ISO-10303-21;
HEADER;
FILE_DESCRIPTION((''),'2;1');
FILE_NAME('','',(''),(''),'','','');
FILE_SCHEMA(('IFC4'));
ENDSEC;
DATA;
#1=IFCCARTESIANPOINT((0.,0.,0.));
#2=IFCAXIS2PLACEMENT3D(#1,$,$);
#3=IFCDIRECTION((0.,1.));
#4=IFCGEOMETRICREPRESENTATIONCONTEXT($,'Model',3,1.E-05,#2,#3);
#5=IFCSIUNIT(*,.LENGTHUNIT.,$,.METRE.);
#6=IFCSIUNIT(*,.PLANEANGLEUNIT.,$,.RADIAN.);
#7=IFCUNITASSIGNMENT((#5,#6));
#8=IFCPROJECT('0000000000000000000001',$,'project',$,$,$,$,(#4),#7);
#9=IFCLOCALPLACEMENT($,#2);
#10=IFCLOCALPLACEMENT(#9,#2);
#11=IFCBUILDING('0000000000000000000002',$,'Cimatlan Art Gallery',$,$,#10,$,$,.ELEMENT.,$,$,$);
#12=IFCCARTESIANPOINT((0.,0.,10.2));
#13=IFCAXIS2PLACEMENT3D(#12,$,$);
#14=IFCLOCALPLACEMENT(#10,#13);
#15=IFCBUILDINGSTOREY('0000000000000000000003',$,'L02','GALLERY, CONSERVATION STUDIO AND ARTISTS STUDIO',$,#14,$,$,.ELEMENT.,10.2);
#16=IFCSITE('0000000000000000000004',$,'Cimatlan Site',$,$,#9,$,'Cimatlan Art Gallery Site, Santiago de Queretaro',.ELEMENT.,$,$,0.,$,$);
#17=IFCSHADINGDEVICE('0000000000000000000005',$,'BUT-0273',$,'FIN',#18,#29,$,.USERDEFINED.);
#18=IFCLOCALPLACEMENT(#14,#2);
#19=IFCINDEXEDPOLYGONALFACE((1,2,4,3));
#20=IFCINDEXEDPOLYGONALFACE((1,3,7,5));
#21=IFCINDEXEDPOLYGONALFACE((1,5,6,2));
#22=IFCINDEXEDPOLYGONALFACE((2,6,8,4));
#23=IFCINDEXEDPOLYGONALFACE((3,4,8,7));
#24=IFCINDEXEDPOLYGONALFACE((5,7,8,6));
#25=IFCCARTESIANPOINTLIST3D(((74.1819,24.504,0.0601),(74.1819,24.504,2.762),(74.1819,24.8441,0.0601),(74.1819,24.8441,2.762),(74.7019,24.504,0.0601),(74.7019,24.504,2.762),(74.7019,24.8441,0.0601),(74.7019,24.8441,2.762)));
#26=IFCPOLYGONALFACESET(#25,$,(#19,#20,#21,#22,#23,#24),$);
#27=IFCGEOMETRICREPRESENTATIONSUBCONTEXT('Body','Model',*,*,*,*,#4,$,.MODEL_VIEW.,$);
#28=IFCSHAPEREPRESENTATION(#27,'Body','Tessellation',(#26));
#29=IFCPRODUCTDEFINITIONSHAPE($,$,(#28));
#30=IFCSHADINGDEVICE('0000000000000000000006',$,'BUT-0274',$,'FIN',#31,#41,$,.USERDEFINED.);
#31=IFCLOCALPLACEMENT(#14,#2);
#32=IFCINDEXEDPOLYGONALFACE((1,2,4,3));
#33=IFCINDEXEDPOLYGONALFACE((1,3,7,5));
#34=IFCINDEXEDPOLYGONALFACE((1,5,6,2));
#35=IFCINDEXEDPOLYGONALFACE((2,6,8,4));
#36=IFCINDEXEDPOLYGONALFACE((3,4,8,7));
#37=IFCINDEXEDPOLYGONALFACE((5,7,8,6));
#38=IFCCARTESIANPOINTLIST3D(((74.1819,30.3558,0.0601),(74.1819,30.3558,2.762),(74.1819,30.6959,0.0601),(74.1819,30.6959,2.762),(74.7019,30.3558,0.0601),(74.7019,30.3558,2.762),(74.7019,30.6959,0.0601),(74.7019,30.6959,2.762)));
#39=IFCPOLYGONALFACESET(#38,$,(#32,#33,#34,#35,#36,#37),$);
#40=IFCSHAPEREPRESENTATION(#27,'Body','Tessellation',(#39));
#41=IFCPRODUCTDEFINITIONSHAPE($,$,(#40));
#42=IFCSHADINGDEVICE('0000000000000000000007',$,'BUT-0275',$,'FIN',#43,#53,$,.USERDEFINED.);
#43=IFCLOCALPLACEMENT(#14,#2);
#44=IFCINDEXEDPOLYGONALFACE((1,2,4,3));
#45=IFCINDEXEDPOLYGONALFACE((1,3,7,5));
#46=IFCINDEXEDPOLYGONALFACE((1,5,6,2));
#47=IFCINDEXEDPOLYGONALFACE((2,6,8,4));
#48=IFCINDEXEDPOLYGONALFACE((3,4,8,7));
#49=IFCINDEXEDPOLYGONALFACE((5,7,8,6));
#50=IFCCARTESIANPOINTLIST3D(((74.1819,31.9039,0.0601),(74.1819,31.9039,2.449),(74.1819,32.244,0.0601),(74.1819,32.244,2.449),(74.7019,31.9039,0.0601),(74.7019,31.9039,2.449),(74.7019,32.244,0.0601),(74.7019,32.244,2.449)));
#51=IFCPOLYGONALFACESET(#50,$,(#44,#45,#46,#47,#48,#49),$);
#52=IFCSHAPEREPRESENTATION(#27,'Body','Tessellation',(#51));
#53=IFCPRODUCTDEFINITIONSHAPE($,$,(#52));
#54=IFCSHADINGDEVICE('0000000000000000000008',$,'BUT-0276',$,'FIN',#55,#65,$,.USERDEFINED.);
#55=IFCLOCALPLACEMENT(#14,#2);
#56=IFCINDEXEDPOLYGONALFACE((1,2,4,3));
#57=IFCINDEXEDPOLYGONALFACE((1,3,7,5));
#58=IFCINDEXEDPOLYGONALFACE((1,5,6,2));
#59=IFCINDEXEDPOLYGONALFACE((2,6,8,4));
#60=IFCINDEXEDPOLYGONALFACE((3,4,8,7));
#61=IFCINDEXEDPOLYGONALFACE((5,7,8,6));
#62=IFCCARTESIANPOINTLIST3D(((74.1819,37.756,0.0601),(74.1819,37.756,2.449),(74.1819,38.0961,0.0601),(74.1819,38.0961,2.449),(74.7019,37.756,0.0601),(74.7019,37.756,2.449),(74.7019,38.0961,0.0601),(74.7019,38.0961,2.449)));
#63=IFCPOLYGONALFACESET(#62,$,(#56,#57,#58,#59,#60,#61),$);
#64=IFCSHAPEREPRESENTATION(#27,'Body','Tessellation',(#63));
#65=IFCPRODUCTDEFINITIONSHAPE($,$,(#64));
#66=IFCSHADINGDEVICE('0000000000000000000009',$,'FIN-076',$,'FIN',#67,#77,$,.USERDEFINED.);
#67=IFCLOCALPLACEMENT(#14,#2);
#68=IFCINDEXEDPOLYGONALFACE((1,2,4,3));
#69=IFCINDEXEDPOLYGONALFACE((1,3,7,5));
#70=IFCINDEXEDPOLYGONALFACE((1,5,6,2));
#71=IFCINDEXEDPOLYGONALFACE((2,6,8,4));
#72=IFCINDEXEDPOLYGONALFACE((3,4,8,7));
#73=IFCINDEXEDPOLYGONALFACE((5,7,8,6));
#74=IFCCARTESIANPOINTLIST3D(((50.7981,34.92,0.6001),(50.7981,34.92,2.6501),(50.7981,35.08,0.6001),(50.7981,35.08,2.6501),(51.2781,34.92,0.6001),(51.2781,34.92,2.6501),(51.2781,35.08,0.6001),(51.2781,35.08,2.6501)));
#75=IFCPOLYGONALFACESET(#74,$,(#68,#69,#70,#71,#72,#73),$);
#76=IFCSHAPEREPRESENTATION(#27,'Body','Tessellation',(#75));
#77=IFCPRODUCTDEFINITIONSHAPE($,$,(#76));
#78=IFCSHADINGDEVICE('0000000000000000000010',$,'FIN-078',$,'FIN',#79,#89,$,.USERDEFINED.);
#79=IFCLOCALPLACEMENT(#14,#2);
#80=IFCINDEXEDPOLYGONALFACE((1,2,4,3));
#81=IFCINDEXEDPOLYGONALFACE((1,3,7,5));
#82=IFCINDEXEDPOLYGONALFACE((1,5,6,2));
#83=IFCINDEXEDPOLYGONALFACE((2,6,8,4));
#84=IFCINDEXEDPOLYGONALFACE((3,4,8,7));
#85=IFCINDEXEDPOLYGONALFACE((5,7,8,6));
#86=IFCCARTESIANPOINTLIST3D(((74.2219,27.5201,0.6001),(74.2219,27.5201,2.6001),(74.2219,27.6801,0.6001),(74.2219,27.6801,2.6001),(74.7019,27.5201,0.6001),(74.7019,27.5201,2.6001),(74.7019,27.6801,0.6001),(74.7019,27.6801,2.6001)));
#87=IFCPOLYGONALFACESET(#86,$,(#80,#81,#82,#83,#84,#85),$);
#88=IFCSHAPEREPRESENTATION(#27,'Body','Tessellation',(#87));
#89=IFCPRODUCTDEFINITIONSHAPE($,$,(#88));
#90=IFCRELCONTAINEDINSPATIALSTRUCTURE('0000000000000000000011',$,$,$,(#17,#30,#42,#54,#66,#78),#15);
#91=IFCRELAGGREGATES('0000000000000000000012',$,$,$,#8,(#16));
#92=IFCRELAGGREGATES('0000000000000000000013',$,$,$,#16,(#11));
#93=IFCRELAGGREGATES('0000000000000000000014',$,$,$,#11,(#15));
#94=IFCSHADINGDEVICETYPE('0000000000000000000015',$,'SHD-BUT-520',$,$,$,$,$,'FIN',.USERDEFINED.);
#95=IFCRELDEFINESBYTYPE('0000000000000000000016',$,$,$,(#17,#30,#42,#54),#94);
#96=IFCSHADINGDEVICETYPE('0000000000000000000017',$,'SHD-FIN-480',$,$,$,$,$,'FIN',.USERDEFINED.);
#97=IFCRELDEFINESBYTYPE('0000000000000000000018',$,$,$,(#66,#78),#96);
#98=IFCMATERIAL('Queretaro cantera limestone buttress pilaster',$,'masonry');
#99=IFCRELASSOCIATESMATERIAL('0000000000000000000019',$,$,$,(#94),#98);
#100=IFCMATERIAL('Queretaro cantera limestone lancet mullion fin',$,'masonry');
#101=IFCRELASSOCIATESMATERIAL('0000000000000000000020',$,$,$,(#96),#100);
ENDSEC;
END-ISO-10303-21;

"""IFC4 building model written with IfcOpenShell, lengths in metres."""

from ifc_helpers import new_model, si_unit, direction, frame, origin, origin_2d, place, context, subcontext, project, spatial, rectangle, extrude, material, type_object, element, save


model = new_model("IFC4")

# Units and contexts
model_context = context("Model", 3, precision=1e-05, world=origin(), true_north=direction((0.0, 1.0)))
body_context = subcontext(model_context, "Body", "Model", "MODEL_VIEW")
ifc_project = project(units=[si_unit("LENGTHUNIT", "METRE"), si_unit("PLANEANGLEUNIT", "RADIAN")], contexts=[model_context])

# Site, building, storey
site_placement = place(None, origin())
site = spatial("IfcSite", under=ifc_project, at=site_placement, Name="Cimatlan Site", LongName="Cimatlan Art Gallery Site, Santiago de Queretaro", CompositionType="ELEMENT", RefElevation=0.0)
building_placement = place(site_placement, origin())
building = spatial("IfcBuilding", under=site, at=building_placement, Name="Cimatlan Art Gallery", CompositionType="ELEMENT")
storey_placement = place(building_placement, frame((0.0, 0.0, 10.2)))
storey = spatial("IfcBuildingStorey", under=building, at=storey_placement, Name="L02", Description="GALLERY, CONSERVATION STUDIO AND ARTISTS STUDIO", CompositionType="ELEMENT", Elevation=10.2)

# Shading devices
ifc_material_1 = material(Name="Queretaro cantera limestone buttress pilaster", Category="masonry")
shading_device_type_1 = type_object("IfcShadingDeviceType", Name="SHD-BUT-520", ElementType="FIN", PredefinedType="USERDEFINED", material=ifc_material_1)
for number, where, z_axis, x_axis, name in (
    (1, (74.4419, 24.6741, 0.0601), (0.0, 0.0, 1.0), (0.0, 1.0, 0.0), "BUT-0273"),
    (2, (74.4419, 30.5259, 0.0601), (0.0, 0.0, 1.0), (0.0, 1.0, 0.0), "BUT-0274"),
):
    element("IfcShadingDevice", number, at=place(storey_placement, frame(where, z_axis=z_axis, x_axis=x_axis)), inside=storey, type_object=shading_device_type_1, Name=name, ObjectType="FIN", PredefinedType="USERDEFINED", context=body_context, shape_type="SweptSolid", body=[
        extrude(rectangle(XDim=0.3401, YDim=0.52, at=origin_2d()), origin(), (0.0, 0.0, 1.0), 2.7019),
    ])
for number, where, z_axis, x_axis, name in (
    (3, (74.4419, 32.074, 0.0601), (0.0, 0.0, 1.0), (0.0, 1.0, 0.0), "BUT-0275"),
    (4, (74.4419, 37.926, 0.0601), (0.0, 0.0, 1.0), (0.0, 1.0, 0.0), "BUT-0276"),
):
    element("IfcShadingDevice", number, at=place(storey_placement, frame(where, z_axis=z_axis, x_axis=x_axis)), inside=storey, type_object=shading_device_type_1, Name=name, ObjectType="FIN", PredefinedType="USERDEFINED", context=body_context, shape_type="SweptSolid", body=[
        extrude(rectangle(XDim=0.3401, YDim=0.52, at=origin_2d()), origin(), (0.0, 0.0, 1.0), 2.3889),
    ])
ifc_material_2 = material(Name="Queretaro cantera limestone lancet mullion fin", Category="masonry")
shading_device_type_2 = type_object("IfcShadingDeviceType", Name="SHD-FIN-480", ElementType="FIN", PredefinedType="USERDEFINED", material=ifc_material_2)
shading_device_1_placement = place(storey_placement, frame((51.0381, 35.0, 0.6001), z_axis=(0.0, 0.0, 1.0), x_axis=(0.0, -1.0, 0.0)))
element("IfcShadingDevice", 5, at=shading_device_1_placement, inside=storey, type_object=shading_device_type_2, Name="FIN-076", ObjectType="FIN", PredefinedType="USERDEFINED", context=body_context, shape_type="SweptSolid", body=[
    extrude(rectangle(XDim=0.1599, YDim=0.48, at=origin_2d()), origin(), (0.0, 0.0, 1.0), 2.05),
])
shading_device_2_placement = place(storey_placement, frame((74.4619, 27.6001, 0.6001), z_axis=(0.0, 0.0, 1.0), x_axis=(0.0, 1.0, 0.0)))
element("IfcShadingDevice", 6, at=shading_device_2_placement, inside=storey, type_object=shading_device_type_2, Name="FIN-078", ObjectType="FIN", PredefinedType="USERDEFINED", context=body_context, shape_type="SweptSolid", body=[
    extrude(rectangle(XDim=0.1599, YDim=0.48, at=origin_2d()), origin(), (0.0, 0.0, 1.0), 2.0),
])

save(model, "model.ifc")
